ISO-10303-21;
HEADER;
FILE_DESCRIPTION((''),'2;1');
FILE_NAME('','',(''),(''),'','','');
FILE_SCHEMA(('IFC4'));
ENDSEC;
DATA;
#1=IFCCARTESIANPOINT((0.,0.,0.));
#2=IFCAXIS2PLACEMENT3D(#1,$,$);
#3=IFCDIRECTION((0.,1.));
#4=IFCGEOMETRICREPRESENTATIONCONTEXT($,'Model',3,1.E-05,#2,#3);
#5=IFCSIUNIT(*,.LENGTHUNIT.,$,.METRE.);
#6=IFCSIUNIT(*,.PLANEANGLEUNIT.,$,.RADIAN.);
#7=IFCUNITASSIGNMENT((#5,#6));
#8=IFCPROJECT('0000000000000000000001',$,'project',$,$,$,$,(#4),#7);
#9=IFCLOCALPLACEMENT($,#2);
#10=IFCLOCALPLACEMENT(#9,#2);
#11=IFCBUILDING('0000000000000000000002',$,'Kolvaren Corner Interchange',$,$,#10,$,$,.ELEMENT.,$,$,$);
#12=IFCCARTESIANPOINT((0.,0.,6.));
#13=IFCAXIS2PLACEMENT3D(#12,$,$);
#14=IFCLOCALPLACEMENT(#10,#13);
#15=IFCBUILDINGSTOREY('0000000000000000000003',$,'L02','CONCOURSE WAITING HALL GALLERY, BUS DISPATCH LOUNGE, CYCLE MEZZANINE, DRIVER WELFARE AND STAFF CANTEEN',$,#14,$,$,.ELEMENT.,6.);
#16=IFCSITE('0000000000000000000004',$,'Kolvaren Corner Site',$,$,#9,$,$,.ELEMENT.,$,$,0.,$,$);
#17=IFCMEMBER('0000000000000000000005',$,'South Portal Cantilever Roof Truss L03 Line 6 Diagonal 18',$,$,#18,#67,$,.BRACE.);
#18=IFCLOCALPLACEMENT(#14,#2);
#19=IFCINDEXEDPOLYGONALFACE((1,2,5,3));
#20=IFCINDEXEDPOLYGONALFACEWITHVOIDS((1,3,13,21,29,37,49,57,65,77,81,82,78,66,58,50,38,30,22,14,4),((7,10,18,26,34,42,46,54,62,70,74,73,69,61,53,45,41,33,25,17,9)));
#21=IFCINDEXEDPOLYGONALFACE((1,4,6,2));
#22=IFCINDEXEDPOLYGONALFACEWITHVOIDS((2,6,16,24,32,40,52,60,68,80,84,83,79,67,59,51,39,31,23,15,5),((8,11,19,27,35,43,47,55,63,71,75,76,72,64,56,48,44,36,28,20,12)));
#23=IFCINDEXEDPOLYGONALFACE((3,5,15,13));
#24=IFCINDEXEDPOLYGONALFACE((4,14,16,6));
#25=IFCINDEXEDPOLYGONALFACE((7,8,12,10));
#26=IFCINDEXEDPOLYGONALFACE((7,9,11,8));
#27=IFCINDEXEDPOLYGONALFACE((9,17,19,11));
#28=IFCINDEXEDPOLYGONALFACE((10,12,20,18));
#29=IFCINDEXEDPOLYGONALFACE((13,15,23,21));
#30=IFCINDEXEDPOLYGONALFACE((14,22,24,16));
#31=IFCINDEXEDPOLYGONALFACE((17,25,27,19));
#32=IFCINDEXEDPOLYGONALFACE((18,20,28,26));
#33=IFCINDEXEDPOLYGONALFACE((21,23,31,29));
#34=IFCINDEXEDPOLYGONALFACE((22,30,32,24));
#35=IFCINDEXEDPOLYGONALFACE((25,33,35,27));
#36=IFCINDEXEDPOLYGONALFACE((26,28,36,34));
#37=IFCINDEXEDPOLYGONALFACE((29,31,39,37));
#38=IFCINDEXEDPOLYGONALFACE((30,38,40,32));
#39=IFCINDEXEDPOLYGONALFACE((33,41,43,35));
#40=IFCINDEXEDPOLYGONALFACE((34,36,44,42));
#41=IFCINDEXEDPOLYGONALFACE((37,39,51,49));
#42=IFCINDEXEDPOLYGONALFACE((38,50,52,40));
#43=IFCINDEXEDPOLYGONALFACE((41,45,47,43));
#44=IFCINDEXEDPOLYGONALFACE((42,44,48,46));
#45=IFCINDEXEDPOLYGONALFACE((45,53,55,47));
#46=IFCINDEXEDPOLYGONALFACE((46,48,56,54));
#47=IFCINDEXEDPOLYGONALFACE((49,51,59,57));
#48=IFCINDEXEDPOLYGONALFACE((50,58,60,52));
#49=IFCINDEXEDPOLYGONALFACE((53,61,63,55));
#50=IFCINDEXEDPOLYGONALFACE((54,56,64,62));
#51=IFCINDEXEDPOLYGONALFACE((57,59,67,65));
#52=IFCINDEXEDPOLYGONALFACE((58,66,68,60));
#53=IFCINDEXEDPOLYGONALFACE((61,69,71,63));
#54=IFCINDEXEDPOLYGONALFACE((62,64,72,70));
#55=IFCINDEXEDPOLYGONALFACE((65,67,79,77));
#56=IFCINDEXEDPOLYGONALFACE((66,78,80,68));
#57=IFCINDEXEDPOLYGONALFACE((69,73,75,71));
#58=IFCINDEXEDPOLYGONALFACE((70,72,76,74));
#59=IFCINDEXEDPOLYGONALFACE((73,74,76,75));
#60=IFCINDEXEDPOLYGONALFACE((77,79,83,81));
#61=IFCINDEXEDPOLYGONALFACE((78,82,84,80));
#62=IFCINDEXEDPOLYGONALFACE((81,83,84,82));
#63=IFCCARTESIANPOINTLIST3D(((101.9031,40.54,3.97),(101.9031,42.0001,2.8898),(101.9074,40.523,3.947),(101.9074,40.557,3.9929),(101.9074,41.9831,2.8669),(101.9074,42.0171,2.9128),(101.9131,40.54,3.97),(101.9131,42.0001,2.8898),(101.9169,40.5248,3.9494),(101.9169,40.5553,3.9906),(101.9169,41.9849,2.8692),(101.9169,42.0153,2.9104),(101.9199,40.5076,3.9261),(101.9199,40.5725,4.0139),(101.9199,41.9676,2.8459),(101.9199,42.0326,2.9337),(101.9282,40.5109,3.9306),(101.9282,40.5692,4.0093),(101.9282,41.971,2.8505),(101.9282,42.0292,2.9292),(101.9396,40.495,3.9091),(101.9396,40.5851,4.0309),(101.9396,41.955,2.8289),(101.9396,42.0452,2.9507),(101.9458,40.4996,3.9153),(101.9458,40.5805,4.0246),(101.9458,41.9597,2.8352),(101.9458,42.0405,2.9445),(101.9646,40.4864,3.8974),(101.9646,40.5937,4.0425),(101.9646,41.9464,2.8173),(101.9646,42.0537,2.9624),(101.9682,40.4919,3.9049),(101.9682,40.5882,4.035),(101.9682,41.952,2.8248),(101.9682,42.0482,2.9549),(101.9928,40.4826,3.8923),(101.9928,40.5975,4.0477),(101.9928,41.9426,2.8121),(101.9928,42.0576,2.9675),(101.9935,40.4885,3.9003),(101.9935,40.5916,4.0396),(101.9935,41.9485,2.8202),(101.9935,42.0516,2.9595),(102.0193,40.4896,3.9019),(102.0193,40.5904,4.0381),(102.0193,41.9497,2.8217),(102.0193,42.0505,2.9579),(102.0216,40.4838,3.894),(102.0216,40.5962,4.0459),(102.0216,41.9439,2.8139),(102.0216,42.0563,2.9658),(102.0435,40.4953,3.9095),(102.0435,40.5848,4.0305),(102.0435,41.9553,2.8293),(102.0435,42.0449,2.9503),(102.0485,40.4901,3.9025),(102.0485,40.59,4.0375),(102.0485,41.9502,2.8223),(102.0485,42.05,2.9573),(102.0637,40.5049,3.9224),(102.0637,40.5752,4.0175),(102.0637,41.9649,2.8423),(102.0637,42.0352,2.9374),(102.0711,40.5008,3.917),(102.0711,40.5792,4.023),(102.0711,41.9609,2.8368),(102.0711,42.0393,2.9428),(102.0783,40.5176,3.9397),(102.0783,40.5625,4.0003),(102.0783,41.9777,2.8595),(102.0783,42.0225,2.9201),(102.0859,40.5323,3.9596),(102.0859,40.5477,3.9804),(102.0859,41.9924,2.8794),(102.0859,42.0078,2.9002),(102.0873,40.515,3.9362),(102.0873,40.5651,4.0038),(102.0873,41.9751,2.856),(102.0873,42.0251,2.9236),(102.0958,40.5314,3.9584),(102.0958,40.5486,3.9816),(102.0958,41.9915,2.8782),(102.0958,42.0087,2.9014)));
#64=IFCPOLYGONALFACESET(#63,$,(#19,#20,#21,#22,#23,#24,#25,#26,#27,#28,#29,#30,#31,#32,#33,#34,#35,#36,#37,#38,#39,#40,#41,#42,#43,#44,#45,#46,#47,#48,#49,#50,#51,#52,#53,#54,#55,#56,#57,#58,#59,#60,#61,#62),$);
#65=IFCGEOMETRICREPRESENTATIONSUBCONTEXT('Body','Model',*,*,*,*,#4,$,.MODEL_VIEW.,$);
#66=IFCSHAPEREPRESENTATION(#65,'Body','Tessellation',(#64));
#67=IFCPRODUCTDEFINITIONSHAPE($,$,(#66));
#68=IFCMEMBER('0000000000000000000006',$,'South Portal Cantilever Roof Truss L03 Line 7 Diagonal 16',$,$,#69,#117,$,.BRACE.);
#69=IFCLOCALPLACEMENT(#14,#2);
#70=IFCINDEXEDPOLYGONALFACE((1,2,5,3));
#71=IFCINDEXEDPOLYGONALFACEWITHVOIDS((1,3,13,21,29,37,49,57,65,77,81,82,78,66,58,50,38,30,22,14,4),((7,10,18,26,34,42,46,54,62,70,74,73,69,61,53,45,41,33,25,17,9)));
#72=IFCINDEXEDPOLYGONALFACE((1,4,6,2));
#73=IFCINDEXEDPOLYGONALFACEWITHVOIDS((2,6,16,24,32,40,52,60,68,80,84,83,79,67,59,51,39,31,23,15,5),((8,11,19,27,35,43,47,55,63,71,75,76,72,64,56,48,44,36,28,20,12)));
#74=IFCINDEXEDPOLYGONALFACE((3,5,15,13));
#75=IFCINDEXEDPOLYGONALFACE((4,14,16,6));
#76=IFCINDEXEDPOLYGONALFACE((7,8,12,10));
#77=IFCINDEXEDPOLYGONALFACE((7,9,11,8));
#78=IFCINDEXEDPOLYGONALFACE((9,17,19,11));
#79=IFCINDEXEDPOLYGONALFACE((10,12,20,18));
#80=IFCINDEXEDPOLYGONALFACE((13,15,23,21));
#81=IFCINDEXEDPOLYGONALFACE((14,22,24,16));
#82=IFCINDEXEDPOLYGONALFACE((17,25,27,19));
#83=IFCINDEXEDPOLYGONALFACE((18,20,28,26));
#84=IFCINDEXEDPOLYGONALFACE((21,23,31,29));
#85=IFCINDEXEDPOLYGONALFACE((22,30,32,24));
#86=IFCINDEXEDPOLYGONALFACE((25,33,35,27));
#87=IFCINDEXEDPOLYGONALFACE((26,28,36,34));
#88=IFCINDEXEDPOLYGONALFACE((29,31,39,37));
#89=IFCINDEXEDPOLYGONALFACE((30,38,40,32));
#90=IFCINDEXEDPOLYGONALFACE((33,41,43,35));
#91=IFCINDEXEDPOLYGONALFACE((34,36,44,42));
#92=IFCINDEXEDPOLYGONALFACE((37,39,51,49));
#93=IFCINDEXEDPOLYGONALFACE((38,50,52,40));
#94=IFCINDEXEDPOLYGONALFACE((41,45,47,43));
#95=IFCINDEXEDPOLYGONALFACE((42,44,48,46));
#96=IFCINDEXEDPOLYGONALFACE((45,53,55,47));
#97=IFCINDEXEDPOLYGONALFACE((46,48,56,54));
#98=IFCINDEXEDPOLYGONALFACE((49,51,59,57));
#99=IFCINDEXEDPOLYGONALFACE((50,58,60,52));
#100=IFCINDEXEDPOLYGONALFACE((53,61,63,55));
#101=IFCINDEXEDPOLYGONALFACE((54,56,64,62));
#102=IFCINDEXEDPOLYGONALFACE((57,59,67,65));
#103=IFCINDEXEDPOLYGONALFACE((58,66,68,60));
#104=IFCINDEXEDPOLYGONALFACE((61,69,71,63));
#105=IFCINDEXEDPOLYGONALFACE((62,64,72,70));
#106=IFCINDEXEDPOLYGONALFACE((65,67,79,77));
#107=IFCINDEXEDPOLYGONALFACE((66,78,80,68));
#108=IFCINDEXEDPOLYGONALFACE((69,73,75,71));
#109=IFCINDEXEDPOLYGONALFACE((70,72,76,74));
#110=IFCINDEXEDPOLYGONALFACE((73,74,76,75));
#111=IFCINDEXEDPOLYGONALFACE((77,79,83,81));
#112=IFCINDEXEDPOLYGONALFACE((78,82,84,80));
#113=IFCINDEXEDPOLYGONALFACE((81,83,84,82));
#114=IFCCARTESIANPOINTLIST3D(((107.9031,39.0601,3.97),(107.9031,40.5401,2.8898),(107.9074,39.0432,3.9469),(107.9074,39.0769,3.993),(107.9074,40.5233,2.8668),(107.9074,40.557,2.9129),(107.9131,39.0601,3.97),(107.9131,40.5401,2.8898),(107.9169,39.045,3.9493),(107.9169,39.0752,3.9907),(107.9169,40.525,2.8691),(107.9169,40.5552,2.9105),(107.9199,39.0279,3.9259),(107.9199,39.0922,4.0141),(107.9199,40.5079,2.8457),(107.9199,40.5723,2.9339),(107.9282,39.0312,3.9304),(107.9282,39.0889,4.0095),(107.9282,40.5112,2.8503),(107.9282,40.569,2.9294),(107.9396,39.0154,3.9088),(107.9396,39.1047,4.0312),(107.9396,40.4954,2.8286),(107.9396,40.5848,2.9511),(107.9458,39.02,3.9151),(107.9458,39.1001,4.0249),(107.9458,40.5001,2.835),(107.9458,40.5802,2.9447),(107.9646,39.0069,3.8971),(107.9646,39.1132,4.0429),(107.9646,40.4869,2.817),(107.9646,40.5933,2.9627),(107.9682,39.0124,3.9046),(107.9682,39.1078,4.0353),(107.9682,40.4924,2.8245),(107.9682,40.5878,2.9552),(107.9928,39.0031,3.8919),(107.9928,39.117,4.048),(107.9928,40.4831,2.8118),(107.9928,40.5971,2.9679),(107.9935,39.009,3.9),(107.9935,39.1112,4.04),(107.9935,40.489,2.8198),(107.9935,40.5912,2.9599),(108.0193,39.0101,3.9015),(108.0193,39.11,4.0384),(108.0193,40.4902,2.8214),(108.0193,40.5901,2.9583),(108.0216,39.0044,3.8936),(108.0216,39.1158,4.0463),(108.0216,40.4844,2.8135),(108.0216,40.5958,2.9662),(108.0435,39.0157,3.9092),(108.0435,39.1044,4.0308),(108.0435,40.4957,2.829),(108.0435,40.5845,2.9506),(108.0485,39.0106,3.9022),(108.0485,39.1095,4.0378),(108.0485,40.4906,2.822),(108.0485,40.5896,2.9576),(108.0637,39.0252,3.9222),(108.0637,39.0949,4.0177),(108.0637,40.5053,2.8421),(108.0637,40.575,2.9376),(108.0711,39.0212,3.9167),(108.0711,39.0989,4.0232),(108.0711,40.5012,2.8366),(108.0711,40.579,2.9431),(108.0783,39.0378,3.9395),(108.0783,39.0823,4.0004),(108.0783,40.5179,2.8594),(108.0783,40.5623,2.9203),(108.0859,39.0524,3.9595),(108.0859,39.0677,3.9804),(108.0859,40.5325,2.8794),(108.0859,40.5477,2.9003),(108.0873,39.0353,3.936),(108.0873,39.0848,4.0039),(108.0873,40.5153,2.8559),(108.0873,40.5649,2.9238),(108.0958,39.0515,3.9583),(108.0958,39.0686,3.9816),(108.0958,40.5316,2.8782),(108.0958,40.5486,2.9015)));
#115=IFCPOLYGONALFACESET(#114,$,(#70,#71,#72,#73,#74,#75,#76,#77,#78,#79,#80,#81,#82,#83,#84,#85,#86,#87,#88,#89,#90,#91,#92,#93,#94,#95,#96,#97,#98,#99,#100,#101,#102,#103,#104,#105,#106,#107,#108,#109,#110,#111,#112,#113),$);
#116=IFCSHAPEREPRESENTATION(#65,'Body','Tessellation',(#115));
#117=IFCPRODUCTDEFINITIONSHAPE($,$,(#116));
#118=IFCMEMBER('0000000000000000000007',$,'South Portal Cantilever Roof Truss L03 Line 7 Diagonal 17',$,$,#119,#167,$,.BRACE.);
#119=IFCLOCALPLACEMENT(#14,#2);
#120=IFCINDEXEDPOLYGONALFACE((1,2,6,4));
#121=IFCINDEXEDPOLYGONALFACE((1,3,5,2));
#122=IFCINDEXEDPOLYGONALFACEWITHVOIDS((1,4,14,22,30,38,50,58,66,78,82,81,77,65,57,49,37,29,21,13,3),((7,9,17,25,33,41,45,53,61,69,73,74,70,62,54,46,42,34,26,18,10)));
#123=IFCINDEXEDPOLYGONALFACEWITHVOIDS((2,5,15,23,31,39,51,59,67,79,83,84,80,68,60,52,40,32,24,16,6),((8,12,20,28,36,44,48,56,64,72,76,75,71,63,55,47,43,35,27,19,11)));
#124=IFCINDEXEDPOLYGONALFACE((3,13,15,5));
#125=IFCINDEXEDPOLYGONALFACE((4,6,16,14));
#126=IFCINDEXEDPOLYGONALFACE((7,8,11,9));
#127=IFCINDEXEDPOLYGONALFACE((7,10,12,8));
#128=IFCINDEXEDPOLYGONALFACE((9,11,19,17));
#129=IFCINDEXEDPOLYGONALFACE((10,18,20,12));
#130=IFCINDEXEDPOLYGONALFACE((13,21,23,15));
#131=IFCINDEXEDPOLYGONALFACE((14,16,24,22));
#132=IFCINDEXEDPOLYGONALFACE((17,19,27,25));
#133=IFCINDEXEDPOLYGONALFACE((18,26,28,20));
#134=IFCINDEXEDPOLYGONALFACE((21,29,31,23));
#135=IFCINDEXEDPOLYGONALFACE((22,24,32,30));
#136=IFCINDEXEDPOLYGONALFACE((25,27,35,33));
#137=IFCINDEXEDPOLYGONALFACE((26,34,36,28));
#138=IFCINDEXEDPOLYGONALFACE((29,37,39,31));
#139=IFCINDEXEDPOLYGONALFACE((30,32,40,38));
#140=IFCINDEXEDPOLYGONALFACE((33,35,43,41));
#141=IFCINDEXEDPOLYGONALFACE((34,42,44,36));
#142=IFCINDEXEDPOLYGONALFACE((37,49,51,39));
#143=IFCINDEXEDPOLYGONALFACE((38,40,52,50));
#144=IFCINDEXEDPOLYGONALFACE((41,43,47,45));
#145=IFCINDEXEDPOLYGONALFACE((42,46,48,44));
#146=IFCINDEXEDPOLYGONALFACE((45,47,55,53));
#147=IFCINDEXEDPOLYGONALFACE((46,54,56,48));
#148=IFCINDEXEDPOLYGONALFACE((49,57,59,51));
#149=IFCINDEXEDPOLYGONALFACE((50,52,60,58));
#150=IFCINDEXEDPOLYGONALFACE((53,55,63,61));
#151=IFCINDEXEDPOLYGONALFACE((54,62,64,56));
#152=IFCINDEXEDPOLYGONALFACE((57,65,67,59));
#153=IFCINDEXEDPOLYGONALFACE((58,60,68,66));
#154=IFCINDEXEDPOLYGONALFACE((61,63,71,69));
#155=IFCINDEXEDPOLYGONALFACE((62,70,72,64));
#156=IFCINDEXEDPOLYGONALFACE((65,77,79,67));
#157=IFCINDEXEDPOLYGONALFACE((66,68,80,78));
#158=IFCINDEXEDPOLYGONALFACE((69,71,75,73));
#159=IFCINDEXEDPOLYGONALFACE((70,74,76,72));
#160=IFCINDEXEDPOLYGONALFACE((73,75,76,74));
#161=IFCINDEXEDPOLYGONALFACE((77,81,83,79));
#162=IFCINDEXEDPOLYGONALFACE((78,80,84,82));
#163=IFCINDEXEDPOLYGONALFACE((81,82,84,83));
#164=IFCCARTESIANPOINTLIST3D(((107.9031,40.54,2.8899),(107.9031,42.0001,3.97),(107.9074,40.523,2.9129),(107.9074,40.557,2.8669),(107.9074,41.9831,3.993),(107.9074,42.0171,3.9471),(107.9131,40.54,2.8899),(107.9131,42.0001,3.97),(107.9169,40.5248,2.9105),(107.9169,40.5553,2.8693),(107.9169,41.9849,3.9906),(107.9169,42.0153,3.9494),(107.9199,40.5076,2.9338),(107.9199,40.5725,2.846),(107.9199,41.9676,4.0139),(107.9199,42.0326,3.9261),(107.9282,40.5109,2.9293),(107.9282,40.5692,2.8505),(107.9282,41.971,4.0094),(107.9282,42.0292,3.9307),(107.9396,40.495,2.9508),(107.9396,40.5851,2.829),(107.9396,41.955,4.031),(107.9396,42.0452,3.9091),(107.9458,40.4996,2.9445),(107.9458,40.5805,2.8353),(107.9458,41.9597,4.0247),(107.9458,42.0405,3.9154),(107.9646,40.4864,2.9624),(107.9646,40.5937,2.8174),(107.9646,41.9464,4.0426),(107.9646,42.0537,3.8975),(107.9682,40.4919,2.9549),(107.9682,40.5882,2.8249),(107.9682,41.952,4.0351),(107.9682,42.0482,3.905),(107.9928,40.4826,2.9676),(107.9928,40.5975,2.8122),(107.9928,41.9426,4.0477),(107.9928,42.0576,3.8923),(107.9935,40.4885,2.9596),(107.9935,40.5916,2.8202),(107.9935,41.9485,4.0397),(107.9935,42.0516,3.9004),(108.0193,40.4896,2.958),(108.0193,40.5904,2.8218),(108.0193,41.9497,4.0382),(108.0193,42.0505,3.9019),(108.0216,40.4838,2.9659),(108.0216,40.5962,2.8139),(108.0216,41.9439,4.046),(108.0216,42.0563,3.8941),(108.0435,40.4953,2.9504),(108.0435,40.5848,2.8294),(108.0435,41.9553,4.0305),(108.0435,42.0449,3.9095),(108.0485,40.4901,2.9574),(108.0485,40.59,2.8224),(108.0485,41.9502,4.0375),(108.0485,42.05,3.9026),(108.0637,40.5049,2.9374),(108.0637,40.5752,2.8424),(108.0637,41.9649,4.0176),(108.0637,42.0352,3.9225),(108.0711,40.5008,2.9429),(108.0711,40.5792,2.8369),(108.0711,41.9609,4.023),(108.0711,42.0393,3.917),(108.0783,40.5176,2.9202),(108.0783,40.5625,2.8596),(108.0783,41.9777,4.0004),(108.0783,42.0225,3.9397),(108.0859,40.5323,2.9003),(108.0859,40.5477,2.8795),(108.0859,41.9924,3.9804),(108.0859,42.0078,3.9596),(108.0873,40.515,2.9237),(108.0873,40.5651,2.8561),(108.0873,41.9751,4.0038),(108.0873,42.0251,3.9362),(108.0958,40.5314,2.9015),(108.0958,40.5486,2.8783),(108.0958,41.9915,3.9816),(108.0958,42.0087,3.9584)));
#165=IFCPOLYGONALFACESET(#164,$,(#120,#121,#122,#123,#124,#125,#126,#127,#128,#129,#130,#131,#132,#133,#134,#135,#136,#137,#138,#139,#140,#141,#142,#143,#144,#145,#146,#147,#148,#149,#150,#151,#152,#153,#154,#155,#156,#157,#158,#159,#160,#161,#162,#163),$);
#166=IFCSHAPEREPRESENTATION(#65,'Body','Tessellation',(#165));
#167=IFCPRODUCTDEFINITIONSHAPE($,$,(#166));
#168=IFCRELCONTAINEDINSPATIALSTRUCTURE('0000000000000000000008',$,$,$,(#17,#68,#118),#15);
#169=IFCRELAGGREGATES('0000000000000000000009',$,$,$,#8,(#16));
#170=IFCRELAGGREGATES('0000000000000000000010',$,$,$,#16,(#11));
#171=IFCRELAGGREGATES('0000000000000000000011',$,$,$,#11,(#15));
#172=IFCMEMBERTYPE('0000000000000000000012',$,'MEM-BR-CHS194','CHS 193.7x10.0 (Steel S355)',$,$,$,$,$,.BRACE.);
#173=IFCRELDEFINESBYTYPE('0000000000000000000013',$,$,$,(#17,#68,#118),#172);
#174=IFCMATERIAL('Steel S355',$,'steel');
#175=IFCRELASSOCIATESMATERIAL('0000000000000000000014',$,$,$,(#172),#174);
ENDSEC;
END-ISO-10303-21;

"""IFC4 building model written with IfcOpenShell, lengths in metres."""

from ifc_helpers import new_model, si_unit, direction, frame, origin, origin_2d, place, context, subcontext, project, spatial, hollow_circle, extrude, material, material_profile, profile_set, type_object, element, save


model = new_model("IFC4")

# Units and contexts
model_context = context("Model", 3, precision=1e-05, world=origin(), true_north=direction((0.0, 1.0)))
body_context = subcontext(model_context, "Body", "Model", "MODEL_VIEW")
ifc_project = project(units=[si_unit("LENGTHUNIT", "METRE"), si_unit("PLANEANGLEUNIT", "RADIAN")], contexts=[model_context])

# Site, building, storey
site_placement = place(None, origin())
site = spatial("IfcSite", under=ifc_project, at=site_placement, Name="Kolvaren Corner Site", CompositionType="ELEMENT", RefElevation=0.0)
building_placement = place(site_placement, origin())
building = spatial("IfcBuilding", under=site, at=building_placement, Name="Kolvaren Corner Interchange", CompositionType="ELEMENT")
storey_placement = place(building_placement, frame((0.0, 0.0, 6.0)))
storey = spatial("IfcBuildingStorey", under=building, at=storey_placement, Name="L02", Description="CONCOURSE WAITING HALL GALLERY, BUS DISPATCH LOUNGE, CYCLE MEZZANINE, DRIVER WELFARE AND STAFF CANTEEN", CompositionType="ELEMENT", Elevation=6.0)

# Members
ifc_material_1 = material(Name="Steel S355", Category="steel")
ifc_material_profile_1 = material_profile(ifc_material_1, hollow_circle(Radius=0.0969, WallThickness=0.01, at=origin_2d()), Name="CHS 193.7x10.0")
ifc_profile_set_1 = profile_set([ifc_material_profile_1], Name="Steel S355")
member_type_1 = type_object("IfcMemberType", Name="MEM-BR-CHS194", Description="CHS 193.7x10.0 (Steel S355)", PredefinedType="BRACE", material=ifc_profile_set_1)
member_1_placement = place(storey_placement, frame((102.0, 40.54, 3.97), z_axis=(0.0, 0.803919, -0.594739), x_axis=(-1.0, 0.0, 0.0)))
element("IfcMember", 1, at=member_1_placement, inside=storey, type_object=member_type_1, Name="South Portal Cantilever Roof Truss L03 Line 6 Diagonal 18", PredefinedType="BRACE", context=body_context, shape_type="SweptSolid", body=[
    extrude(hollow_circle(Radius=0.0969, WallThickness=0.01, at=origin_2d()), origin(), (0.0, 0.0, 1.0), 1.8162),
])
member_2_placement = place(storey_placement, frame((108.0, 39.0601, 3.97), z_axis=(0.0, 0.807767, -0.589502), x_axis=(-1.0, 0.0, 0.0)))
element("IfcMember", 2, at=member_2_placement, inside=storey, type_object=member_type_1, Name="South Portal Cantilever Roof Truss L03 Line 7 Diagonal 16", PredefinedType="BRACE", context=body_context, shape_type="SweptSolid", body=[
    extrude(hollow_circle(Radius=0.0969, WallThickness=0.01, at=origin_2d()), origin(), (0.0, 0.0, 1.0), 1.8323),
])
member_3_placement = place(storey_placement, frame((108.0, 40.54, 2.8899), z_axis=(0.0, 0.803919, 0.594739), x_axis=(-1.0, 0.0, 0.0)))
element("IfcMember", 3, at=member_3_placement, inside=storey, type_object=member_type_1, Name="South Portal Cantilever Roof Truss L03 Line 7 Diagonal 17", PredefinedType="BRACE", context=body_context, shape_type="SweptSolid", body=[
    extrude(hollow_circle(Radius=0.0969, WallThickness=0.01, at=origin_2d()), origin(), (0.0, 0.0, 1.0), 1.8162),
])

save(model, "model.ifc")
